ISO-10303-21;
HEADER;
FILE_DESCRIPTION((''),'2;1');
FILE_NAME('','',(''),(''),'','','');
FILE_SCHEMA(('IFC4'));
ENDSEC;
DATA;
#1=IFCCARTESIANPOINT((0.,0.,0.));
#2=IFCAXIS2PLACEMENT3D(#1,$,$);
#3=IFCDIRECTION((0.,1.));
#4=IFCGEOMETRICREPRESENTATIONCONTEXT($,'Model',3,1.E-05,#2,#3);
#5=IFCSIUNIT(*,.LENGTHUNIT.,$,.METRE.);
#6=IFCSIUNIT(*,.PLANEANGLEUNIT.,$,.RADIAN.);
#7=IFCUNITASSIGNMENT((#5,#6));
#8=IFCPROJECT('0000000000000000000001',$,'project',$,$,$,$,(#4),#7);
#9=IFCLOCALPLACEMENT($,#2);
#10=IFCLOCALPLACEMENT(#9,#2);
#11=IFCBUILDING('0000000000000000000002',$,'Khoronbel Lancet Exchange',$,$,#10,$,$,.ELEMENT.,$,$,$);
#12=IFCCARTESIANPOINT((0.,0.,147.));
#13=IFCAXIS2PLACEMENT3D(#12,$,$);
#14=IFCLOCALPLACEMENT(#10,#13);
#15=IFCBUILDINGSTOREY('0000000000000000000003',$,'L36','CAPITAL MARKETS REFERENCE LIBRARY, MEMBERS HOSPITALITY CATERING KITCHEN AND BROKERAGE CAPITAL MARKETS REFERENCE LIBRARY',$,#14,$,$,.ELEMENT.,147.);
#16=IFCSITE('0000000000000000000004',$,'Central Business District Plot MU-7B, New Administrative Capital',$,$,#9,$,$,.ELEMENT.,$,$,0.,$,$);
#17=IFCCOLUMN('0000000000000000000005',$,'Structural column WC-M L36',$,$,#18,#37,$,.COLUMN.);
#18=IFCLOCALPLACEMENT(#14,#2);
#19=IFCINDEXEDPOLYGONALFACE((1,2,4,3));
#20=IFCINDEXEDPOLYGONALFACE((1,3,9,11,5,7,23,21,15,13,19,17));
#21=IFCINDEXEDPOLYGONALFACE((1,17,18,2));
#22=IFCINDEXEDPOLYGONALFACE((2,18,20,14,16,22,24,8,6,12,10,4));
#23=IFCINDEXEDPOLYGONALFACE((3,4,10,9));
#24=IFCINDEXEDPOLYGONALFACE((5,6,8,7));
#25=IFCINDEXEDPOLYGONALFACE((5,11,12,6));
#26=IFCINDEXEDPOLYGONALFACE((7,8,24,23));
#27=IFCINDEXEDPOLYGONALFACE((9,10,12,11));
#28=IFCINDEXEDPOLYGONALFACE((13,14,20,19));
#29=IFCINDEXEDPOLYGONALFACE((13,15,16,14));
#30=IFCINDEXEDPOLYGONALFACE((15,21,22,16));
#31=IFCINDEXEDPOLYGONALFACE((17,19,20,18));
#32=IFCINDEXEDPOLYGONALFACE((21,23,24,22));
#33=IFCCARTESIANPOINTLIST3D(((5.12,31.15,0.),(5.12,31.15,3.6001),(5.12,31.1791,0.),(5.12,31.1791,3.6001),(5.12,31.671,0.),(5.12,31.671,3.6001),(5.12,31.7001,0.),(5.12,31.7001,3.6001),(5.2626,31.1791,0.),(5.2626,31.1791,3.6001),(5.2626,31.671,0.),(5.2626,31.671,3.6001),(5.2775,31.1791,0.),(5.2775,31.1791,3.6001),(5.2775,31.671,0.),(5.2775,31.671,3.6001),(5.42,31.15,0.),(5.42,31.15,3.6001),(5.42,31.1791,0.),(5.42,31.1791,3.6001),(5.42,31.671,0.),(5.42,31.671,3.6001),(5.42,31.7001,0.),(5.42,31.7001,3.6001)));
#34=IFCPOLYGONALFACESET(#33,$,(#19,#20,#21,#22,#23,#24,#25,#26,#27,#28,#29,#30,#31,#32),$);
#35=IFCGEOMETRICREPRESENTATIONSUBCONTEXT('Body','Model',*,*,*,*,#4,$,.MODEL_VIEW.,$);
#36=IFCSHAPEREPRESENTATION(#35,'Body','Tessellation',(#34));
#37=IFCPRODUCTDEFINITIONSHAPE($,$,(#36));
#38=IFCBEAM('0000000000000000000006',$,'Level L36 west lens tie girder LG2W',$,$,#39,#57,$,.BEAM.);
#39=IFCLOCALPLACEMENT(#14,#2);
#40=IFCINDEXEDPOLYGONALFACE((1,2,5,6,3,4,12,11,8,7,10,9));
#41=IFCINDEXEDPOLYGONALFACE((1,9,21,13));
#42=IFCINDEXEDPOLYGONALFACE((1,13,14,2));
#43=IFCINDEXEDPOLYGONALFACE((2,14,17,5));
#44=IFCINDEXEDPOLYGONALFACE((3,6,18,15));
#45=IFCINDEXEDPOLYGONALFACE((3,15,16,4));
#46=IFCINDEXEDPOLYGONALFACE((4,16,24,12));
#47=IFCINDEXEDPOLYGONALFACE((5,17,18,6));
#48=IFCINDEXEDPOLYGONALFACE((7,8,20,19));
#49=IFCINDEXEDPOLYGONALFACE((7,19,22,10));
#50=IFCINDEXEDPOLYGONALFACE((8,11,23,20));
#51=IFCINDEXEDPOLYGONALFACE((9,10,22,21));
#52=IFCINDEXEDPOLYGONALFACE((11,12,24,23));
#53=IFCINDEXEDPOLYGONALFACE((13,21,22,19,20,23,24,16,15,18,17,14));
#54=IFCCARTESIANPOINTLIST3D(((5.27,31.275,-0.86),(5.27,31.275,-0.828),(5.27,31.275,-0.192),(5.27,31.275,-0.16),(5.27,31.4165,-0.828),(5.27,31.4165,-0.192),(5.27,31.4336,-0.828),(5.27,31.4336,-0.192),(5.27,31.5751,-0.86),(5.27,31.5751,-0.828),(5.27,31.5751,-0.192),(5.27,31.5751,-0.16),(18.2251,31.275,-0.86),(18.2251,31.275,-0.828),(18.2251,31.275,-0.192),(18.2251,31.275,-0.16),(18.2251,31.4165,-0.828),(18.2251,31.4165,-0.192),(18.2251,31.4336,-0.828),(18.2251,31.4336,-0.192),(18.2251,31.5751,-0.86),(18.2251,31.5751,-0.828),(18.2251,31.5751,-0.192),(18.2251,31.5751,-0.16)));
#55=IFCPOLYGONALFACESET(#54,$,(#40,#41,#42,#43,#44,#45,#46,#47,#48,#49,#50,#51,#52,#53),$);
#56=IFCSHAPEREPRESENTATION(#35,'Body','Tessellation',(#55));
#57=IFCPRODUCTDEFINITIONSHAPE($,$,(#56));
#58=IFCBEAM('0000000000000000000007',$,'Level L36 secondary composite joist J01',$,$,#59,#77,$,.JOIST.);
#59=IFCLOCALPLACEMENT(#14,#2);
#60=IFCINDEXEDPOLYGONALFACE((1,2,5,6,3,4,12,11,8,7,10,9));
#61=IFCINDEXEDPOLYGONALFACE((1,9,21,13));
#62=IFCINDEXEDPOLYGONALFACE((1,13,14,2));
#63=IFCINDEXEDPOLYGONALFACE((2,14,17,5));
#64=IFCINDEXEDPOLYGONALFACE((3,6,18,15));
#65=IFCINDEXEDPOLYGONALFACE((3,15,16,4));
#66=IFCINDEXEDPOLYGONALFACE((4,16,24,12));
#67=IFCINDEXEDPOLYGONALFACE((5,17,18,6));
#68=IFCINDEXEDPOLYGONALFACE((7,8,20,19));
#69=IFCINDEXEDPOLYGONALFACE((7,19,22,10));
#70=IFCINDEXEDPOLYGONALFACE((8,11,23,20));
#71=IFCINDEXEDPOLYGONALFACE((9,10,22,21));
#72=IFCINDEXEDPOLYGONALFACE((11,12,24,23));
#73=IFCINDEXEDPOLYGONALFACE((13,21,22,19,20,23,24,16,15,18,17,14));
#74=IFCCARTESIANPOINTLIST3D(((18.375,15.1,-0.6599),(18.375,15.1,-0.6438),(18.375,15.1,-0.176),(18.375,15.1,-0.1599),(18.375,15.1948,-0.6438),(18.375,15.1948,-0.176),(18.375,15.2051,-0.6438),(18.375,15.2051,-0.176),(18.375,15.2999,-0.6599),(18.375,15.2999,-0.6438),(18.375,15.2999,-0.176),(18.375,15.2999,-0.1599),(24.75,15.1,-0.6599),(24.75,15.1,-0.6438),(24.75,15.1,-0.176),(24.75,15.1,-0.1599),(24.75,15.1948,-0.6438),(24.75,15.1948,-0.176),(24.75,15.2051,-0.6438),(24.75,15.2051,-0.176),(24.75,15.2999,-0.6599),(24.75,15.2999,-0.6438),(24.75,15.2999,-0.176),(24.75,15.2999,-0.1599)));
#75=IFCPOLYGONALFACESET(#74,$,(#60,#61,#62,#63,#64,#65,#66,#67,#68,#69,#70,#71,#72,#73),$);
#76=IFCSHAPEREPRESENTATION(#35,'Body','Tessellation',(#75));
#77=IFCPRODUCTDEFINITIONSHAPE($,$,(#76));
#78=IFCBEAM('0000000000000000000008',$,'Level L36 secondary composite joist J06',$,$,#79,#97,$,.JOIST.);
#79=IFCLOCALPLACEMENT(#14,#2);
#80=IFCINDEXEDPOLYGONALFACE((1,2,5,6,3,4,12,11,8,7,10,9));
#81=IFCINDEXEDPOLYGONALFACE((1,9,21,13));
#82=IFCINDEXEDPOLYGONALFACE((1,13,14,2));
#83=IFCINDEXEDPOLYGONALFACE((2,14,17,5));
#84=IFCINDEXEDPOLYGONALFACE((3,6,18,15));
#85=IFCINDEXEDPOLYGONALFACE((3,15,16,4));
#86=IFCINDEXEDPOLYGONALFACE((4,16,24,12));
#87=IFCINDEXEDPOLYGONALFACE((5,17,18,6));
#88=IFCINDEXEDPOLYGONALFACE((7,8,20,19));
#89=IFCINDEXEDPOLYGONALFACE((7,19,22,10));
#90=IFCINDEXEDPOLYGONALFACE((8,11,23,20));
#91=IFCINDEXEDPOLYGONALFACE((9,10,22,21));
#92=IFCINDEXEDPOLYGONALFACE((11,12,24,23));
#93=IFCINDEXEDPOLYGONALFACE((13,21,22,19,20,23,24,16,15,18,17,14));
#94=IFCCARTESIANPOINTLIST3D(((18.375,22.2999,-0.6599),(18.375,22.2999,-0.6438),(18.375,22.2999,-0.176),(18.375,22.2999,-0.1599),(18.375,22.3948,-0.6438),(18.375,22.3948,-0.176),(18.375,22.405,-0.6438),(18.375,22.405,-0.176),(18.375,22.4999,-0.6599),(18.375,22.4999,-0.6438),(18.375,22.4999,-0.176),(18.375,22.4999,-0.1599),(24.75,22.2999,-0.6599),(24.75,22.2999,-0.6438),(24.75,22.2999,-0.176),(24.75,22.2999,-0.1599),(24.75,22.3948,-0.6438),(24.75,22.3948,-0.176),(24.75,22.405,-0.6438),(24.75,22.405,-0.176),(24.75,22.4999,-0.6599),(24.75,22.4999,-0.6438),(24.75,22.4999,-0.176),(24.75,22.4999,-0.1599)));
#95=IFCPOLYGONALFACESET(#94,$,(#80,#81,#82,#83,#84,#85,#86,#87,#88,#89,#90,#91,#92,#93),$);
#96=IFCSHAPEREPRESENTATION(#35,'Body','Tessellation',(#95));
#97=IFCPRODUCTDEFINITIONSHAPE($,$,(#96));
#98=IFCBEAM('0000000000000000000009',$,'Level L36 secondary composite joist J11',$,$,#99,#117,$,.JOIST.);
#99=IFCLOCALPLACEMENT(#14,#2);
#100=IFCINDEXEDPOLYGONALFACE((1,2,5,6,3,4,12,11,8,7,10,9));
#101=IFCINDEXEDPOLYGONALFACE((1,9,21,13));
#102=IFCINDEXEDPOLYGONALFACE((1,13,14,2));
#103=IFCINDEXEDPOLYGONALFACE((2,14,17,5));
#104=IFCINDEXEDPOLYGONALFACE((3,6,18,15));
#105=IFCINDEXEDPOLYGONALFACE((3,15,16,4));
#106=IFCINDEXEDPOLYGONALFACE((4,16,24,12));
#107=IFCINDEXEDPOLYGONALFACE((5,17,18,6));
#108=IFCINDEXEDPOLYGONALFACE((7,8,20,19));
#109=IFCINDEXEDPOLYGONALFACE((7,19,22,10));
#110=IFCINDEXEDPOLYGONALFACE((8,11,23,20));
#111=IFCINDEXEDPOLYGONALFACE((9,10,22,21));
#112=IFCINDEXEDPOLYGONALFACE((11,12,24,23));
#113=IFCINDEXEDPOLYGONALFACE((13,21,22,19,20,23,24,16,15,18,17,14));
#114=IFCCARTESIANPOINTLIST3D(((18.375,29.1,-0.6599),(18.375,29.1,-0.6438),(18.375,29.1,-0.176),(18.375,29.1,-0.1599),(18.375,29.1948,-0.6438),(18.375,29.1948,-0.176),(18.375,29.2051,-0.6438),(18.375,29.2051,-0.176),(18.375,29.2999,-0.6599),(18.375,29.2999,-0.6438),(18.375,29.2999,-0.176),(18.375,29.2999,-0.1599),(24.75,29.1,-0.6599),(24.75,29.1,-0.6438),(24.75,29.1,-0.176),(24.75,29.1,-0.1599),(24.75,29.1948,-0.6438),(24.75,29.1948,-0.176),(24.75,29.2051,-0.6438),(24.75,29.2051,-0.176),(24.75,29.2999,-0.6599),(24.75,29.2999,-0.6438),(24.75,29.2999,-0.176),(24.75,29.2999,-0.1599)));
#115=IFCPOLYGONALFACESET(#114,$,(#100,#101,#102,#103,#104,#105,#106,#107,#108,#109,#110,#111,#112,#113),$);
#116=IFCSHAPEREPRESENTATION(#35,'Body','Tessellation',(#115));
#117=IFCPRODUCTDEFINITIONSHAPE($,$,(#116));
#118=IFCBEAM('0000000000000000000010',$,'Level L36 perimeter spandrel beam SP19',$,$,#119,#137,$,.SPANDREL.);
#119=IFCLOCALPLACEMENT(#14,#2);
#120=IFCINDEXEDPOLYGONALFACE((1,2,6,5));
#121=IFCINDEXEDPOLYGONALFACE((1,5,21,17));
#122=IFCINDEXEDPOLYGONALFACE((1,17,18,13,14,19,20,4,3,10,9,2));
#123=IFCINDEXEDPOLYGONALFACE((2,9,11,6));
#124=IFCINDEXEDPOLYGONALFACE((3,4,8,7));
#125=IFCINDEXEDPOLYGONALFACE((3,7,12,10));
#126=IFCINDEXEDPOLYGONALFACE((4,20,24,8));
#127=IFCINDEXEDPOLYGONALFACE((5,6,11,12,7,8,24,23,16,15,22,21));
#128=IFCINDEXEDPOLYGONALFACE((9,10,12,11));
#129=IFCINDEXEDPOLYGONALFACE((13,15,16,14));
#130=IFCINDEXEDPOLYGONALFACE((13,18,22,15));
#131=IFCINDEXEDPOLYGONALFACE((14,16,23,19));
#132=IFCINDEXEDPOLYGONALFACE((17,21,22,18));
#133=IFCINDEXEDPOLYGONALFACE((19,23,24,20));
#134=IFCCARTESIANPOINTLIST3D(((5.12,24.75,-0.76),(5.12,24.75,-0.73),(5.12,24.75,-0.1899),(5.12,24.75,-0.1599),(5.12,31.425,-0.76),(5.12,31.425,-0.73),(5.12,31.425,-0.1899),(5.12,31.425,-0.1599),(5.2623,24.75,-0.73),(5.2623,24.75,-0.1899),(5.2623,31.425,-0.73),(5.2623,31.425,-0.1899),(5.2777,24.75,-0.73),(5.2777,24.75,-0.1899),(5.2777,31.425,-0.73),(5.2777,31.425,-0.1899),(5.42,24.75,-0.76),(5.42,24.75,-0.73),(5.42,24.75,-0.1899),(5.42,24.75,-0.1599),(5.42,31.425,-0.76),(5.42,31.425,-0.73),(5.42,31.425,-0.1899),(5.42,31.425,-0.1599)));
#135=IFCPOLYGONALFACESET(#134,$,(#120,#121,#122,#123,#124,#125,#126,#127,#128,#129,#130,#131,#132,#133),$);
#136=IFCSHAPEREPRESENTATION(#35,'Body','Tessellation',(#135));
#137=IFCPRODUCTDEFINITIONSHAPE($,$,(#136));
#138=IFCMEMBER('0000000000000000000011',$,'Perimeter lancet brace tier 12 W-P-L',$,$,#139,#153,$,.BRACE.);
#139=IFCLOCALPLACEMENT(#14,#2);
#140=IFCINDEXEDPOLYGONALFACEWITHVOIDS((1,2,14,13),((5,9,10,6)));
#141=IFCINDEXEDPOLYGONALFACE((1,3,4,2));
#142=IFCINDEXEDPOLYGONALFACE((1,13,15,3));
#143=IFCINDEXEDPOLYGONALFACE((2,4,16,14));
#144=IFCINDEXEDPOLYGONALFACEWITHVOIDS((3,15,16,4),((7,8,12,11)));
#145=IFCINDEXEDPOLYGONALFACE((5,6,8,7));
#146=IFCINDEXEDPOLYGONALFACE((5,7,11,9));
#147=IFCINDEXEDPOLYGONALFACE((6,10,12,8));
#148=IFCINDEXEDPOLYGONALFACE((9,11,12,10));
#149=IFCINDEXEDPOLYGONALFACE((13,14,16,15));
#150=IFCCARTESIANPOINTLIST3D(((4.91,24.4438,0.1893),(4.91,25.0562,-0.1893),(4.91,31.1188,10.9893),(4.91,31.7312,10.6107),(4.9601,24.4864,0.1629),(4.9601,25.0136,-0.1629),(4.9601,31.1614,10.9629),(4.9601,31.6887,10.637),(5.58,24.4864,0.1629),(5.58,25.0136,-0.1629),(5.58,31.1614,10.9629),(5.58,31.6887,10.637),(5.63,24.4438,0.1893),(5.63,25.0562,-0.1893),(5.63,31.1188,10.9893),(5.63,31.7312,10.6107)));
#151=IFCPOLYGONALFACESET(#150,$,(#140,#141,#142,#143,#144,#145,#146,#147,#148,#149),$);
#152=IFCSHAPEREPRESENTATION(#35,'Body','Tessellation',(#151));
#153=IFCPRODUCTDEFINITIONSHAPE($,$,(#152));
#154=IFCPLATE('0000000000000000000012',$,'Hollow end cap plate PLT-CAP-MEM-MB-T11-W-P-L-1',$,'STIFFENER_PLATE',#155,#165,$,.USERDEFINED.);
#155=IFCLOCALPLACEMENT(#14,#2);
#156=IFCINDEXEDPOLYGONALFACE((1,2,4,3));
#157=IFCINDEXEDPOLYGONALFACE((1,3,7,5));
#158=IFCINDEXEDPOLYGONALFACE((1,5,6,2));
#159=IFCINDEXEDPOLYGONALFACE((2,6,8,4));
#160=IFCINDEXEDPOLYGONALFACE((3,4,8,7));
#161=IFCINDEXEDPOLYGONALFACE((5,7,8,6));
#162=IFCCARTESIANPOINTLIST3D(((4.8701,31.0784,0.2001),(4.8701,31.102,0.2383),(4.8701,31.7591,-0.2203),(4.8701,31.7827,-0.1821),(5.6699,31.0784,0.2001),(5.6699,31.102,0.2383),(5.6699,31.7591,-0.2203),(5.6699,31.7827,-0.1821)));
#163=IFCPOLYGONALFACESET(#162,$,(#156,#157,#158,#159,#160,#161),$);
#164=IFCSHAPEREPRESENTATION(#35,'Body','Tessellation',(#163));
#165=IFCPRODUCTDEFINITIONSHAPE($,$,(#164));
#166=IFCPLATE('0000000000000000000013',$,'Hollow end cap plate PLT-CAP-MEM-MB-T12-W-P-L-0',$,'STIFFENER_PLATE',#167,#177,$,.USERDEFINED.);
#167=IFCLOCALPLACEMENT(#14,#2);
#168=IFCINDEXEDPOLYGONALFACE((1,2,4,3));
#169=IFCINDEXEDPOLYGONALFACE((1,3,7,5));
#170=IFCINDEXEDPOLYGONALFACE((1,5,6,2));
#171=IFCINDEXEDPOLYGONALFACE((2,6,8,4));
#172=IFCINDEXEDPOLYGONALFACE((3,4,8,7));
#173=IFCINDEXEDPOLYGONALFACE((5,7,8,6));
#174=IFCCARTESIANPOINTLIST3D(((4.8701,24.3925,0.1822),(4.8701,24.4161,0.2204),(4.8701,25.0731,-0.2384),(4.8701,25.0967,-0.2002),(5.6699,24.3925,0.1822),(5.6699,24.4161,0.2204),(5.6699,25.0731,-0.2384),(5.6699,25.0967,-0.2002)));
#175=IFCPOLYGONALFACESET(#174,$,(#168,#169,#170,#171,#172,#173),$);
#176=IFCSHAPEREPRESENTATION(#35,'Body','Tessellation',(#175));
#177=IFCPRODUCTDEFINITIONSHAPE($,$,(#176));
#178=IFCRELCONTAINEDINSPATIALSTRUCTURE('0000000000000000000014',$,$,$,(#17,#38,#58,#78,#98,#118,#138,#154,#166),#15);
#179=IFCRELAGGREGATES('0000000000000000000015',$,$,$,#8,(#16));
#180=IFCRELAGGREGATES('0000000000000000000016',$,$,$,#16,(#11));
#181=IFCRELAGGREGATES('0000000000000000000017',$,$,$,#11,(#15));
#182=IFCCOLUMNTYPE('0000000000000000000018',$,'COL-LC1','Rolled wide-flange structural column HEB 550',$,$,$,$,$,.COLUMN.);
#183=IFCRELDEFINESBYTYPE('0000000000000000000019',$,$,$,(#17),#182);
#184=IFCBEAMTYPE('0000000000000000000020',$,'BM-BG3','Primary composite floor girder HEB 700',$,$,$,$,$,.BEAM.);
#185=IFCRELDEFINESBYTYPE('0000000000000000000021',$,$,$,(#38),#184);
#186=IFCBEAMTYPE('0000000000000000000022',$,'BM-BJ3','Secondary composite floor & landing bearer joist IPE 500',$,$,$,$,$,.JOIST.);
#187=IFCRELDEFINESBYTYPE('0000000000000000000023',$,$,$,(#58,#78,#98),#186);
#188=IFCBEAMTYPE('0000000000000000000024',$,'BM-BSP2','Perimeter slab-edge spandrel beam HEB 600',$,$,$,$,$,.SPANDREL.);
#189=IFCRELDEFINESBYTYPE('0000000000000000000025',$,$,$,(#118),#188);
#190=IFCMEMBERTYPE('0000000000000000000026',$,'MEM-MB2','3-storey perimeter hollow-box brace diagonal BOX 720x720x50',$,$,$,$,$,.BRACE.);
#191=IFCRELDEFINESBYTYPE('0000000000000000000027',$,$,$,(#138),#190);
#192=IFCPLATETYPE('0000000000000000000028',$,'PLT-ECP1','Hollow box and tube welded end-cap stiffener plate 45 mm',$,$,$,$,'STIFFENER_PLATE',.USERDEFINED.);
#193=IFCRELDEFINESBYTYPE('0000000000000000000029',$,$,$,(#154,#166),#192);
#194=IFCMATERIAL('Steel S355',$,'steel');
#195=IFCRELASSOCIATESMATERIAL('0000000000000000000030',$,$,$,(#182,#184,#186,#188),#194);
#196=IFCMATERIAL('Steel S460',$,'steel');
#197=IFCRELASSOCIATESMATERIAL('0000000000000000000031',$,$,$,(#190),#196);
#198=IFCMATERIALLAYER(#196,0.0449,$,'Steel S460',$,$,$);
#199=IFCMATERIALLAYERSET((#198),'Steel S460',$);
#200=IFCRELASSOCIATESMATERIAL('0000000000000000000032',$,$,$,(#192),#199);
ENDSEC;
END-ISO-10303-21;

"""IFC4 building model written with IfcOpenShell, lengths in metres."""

from ifc_helpers import new_model, si_unit, direction, frame, origin, origin_2d, place, context, subcontext, project, spatial, polyline, hollow_rectangle, i_section, outline, extrude, material, layer, layer_set, material_profile, profile_set, type_object, element, save


model = new_model("IFC4")

# Units and contexts
model_context = context("Model", 3, precision=1e-05, world=origin(), true_north=direction((0.0, 1.0)))
body_context = subcontext(model_context, "Body", "Model", "MODEL_VIEW")
ifc_project = project(units=[si_unit("LENGTHUNIT", "METRE"), si_unit("PLANEANGLEUNIT", "RADIAN")], contexts=[model_context])

# Site, building, storey
site_placement = place(None, origin())
site = spatial("IfcSite", under=ifc_project, at=site_placement, Name="Central Business District Plot MU-7B, New Administrative Capital", CompositionType="ELEMENT", RefElevation=0.0)
building_placement = place(site_placement, origin())
building = spatial("IfcBuilding", under=site, at=building_placement, Name="Khoronbel Lancet Exchange", CompositionType="ELEMENT")
storey_placement = place(building_placement, frame((0.0, 0.0, 147.0)))
storey = spatial("IfcBuildingStorey", under=building, at=storey_placement, Name="L36", Description="CAPITAL MARKETS REFERENCE LIBRARY, MEMBERS HOSPITALITY CATERING KITCHEN AND BROKERAGE CAPITAL MARKETS REFERENCE LIBRARY", CompositionType="ELEMENT", Elevation=147.0)

# Column
ifc_material_1 = material(Name="Steel S355", Category="steel")
ifc_material_profile_1 = material_profile(ifc_material_1, i_section(OverallWidth=0.3, OverallDepth=0.55, WebThickness=0.0149, FlangeThickness=0.0291, at=origin_2d()), Name="HEB 550")
ifc_profile_set_1 = profile_set([ifc_material_profile_1], Name="Steel S355")
column_type = type_object("IfcColumnType", Name="COL-LC1", Description="Rolled wide-flange structural column HEB 550", PredefinedType="COLUMN", material=ifc_profile_set_1)
column_placement = place(storey_placement, frame((5.27, 31.425, 0.0), z_axis=(0.0, 0.0, 1.0), x_axis=(1.0, 0.0, 0.0)))
element("IfcColumn", 1, at=column_placement, inside=storey, type_object=column_type, Name="Structural column WC-M L36", PredefinedType="COLUMN", context=body_context, shape_type="SweptSolid", body=[
    extrude(i_section(OverallWidth=0.3, OverallDepth=0.55, WebThickness=0.0149, FlangeThickness=0.0291, at=origin_2d()), origin(), (0.0, 0.0, 1.0), 3.6001),
])

# Beams
ifc_material_profile_2 = material_profile(ifc_material_1, i_section(OverallWidth=0.3, OverallDepth=0.7, WebThickness=0.0171, FlangeThickness=0.032, at=origin_2d()), Name="HEB 700")
ifc_profile_set_2 = profile_set([ifc_material_profile_2], Name="Steel S355")
beam_type_1 = type_object("IfcBeamType", Name="BM-BG3", Description="Primary composite floor girder HEB 700", PredefinedType="BEAM", material=ifc_profile_set_2)
beam_1_placement = place(storey_placement, frame((5.27, 31.425, -0.51), z_axis=(1.0, 0.0, 0.0), x_axis=(0.0, 1.0, 0.0)))
element("IfcBeam", 2, at=beam_1_placement, inside=storey, type_object=beam_type_1, Name="Level L36 west lens tie girder LG2W", PredefinedType="BEAM", context=body_context, shape_type="SweptSolid", body=[
    extrude(i_section(OverallWidth=0.3, OverallDepth=0.7, WebThickness=0.0171, FlangeThickness=0.032, at=origin_2d()), origin(), (0.0, 0.0, 1.0), 12.9551),
])
ifc_material_profile_3 = material_profile(ifc_material_1, i_section(OverallWidth=0.2, OverallDepth=0.5, WebThickness=0.0103, FlangeThickness=0.0161, at=origin_2d()), Name="IPE 500")
ifc_profile_set_3 = profile_set([ifc_material_profile_3], Name="Steel S355")
beam_type_2 = type_object("IfcBeamType", Name="BM-BJ3", Description="Secondary composite floor & landing bearer joist IPE 500", PredefinedType="JOIST", material=ifc_profile_set_3)
for number, where, z_axis, x_axis, name in (
    (3, (18.375, 15.2, -0.4099), (1.0, 0.0, 0.0), (0.0, 1.0, 0.0), "Level L36 secondary composite joist J01"),
    (4, (18.375, 22.3999, -0.4099), (1.0, 0.0, 0.0), (0.0, 1.0, 0.0), "Level L36 secondary composite joist J06"),
    (5, (18.375, 29.2, -0.4099), (1.0, 0.0, 0.0), (0.0, 1.0, 0.0), "Level L36 secondary composite joist J11"),
):
    element("IfcBeam", number, at=place(storey_placement, frame(where, z_axis=z_axis, x_axis=x_axis)), inside=storey, type_object=beam_type_2, Name=name, PredefinedType="JOIST", context=body_context, shape_type="SweptSolid", body=[
        extrude(i_section(OverallWidth=0.2, OverallDepth=0.5, WebThickness=0.0103, FlangeThickness=0.0161, at=origin_2d()), origin(), (0.0, 0.0, 1.0), 6.375),
    ])
ifc_material_profile_4 = material_profile(ifc_material_1, i_section(OverallWidth=0.3, OverallDepth=0.6001, WebThickness=0.0154, FlangeThickness=0.03, at=origin_2d()), Name="HEB 600")
ifc_profile_set_4 = profile_set([ifc_material_profile_4], Name="Steel S355")
beam_type_3 = type_object("IfcBeamType", Name="BM-BSP2", Description="Perimeter slab-edge spandrel beam HEB 600", PredefinedType="SPANDREL", material=ifc_profile_set_4)
beam_2_placement = place(storey_placement, frame((5.27, 31.425, -0.46), z_axis=(0.0, -1.0, 0.0), x_axis=(1.0, 0.0, 0.0)))
element("IfcBeam", 6, at=beam_2_placement, inside=storey, type_object=beam_type_3, Name="Level L36 perimeter spandrel beam SP19", PredefinedType="SPANDREL", context=body_context, shape_type="SweptSolid", body=[
    extrude(i_section(OverallWidth=0.3, OverallDepth=0.6001, WebThickness=0.0154, FlangeThickness=0.03, at=origin_2d()), origin(), (0.0, 0.0, 1.0), 6.675),
])

# Member
ifc_material_2 = material(Name="Steel S460", Category="steel")
ifc_material_profile_5 = material_profile(ifc_material_2, hollow_rectangle(XDim=0.72, YDim=0.72, WallThickness=0.05, at=origin_2d()), Name="BOX 720x720x50")
ifc_profile_set_5 = profile_set([ifc_material_profile_5], Name="Steel S460")
member_type = type_object("IfcMemberType", Name="MEM-MB2", Description="3-storey perimeter hollow-box brace diagonal BOX 720x720x50", PredefinedType="BRACE", material=ifc_profile_set_5)
member_placement = place(storey_placement, frame((5.27, 24.75, 0.0), z_axis=(0.0, 0.525745, 0.850642), x_axis=(-1.0, 0.0, 0.0)))
element("IfcMember", 7, at=member_placement, inside=storey, type_object=member_type, Name="Perimeter lancet brace tier 12 W-P-L", PredefinedType="BRACE", context=body_context, shape_type="SweptSolid", body=[
    extrude(hollow_rectangle(XDim=0.72, YDim=0.72, WallThickness=0.05, at=origin_2d()), origin(), (0.0, 0.0, 1.0), 12.6963),
])

# Plates
ifc_layer_1 = layer(ifc_material_2, 0.0449, Name="Steel S460")
ifc_layer_set_1 = layer_set([ifc_layer_1], Name="Steel S460")
plate_type = type_object("IfcPlateType", Name="PLT-ECP1", Description="Hollow box and tube welded end-cap stiffener plate 45 mm", ElementType="STIFFENER_PLATE", PredefinedType="USERDEFINED", material=ifc_layer_set_1)
for number, where, z_axis, x_axis, name in (
    (8, (5.6699, 31.7827, -0.1821), (0.0, 0.525493, 0.850798), (-1.0, 0.0, 0.0), "Hollow end cap plate PLT-CAP-MEM-MB-T11-W-P-L-1"),
    (9, (5.6699, 25.0967, -0.2002), (0.0, 0.525714, 0.850662), (-1.0, 0.0, 0.0), "Hollow end cap plate PLT-CAP-MEM-MB-T12-W-P-L-0"),
):
    element("IfcPlate", number, at=place(storey_placement, frame(where, z_axis=z_axis, x_axis=x_axis)), inside=storey, type_object=plate_type, Name=name, ObjectType="STIFFENER_PLATE", PredefinedType="USERDEFINED", context=body_context, shape_type="SweptSolid", body=[
        extrude(outline(polyline([(0.0, 0.0), (0.7998, 0.0), (0.7998, 0.8), (0.0, 0.8), (0.0, 0.0)])), origin(), (0.0, 0.0, -1.0), 0.0449),
    ])

save(model, "model.ifc")
